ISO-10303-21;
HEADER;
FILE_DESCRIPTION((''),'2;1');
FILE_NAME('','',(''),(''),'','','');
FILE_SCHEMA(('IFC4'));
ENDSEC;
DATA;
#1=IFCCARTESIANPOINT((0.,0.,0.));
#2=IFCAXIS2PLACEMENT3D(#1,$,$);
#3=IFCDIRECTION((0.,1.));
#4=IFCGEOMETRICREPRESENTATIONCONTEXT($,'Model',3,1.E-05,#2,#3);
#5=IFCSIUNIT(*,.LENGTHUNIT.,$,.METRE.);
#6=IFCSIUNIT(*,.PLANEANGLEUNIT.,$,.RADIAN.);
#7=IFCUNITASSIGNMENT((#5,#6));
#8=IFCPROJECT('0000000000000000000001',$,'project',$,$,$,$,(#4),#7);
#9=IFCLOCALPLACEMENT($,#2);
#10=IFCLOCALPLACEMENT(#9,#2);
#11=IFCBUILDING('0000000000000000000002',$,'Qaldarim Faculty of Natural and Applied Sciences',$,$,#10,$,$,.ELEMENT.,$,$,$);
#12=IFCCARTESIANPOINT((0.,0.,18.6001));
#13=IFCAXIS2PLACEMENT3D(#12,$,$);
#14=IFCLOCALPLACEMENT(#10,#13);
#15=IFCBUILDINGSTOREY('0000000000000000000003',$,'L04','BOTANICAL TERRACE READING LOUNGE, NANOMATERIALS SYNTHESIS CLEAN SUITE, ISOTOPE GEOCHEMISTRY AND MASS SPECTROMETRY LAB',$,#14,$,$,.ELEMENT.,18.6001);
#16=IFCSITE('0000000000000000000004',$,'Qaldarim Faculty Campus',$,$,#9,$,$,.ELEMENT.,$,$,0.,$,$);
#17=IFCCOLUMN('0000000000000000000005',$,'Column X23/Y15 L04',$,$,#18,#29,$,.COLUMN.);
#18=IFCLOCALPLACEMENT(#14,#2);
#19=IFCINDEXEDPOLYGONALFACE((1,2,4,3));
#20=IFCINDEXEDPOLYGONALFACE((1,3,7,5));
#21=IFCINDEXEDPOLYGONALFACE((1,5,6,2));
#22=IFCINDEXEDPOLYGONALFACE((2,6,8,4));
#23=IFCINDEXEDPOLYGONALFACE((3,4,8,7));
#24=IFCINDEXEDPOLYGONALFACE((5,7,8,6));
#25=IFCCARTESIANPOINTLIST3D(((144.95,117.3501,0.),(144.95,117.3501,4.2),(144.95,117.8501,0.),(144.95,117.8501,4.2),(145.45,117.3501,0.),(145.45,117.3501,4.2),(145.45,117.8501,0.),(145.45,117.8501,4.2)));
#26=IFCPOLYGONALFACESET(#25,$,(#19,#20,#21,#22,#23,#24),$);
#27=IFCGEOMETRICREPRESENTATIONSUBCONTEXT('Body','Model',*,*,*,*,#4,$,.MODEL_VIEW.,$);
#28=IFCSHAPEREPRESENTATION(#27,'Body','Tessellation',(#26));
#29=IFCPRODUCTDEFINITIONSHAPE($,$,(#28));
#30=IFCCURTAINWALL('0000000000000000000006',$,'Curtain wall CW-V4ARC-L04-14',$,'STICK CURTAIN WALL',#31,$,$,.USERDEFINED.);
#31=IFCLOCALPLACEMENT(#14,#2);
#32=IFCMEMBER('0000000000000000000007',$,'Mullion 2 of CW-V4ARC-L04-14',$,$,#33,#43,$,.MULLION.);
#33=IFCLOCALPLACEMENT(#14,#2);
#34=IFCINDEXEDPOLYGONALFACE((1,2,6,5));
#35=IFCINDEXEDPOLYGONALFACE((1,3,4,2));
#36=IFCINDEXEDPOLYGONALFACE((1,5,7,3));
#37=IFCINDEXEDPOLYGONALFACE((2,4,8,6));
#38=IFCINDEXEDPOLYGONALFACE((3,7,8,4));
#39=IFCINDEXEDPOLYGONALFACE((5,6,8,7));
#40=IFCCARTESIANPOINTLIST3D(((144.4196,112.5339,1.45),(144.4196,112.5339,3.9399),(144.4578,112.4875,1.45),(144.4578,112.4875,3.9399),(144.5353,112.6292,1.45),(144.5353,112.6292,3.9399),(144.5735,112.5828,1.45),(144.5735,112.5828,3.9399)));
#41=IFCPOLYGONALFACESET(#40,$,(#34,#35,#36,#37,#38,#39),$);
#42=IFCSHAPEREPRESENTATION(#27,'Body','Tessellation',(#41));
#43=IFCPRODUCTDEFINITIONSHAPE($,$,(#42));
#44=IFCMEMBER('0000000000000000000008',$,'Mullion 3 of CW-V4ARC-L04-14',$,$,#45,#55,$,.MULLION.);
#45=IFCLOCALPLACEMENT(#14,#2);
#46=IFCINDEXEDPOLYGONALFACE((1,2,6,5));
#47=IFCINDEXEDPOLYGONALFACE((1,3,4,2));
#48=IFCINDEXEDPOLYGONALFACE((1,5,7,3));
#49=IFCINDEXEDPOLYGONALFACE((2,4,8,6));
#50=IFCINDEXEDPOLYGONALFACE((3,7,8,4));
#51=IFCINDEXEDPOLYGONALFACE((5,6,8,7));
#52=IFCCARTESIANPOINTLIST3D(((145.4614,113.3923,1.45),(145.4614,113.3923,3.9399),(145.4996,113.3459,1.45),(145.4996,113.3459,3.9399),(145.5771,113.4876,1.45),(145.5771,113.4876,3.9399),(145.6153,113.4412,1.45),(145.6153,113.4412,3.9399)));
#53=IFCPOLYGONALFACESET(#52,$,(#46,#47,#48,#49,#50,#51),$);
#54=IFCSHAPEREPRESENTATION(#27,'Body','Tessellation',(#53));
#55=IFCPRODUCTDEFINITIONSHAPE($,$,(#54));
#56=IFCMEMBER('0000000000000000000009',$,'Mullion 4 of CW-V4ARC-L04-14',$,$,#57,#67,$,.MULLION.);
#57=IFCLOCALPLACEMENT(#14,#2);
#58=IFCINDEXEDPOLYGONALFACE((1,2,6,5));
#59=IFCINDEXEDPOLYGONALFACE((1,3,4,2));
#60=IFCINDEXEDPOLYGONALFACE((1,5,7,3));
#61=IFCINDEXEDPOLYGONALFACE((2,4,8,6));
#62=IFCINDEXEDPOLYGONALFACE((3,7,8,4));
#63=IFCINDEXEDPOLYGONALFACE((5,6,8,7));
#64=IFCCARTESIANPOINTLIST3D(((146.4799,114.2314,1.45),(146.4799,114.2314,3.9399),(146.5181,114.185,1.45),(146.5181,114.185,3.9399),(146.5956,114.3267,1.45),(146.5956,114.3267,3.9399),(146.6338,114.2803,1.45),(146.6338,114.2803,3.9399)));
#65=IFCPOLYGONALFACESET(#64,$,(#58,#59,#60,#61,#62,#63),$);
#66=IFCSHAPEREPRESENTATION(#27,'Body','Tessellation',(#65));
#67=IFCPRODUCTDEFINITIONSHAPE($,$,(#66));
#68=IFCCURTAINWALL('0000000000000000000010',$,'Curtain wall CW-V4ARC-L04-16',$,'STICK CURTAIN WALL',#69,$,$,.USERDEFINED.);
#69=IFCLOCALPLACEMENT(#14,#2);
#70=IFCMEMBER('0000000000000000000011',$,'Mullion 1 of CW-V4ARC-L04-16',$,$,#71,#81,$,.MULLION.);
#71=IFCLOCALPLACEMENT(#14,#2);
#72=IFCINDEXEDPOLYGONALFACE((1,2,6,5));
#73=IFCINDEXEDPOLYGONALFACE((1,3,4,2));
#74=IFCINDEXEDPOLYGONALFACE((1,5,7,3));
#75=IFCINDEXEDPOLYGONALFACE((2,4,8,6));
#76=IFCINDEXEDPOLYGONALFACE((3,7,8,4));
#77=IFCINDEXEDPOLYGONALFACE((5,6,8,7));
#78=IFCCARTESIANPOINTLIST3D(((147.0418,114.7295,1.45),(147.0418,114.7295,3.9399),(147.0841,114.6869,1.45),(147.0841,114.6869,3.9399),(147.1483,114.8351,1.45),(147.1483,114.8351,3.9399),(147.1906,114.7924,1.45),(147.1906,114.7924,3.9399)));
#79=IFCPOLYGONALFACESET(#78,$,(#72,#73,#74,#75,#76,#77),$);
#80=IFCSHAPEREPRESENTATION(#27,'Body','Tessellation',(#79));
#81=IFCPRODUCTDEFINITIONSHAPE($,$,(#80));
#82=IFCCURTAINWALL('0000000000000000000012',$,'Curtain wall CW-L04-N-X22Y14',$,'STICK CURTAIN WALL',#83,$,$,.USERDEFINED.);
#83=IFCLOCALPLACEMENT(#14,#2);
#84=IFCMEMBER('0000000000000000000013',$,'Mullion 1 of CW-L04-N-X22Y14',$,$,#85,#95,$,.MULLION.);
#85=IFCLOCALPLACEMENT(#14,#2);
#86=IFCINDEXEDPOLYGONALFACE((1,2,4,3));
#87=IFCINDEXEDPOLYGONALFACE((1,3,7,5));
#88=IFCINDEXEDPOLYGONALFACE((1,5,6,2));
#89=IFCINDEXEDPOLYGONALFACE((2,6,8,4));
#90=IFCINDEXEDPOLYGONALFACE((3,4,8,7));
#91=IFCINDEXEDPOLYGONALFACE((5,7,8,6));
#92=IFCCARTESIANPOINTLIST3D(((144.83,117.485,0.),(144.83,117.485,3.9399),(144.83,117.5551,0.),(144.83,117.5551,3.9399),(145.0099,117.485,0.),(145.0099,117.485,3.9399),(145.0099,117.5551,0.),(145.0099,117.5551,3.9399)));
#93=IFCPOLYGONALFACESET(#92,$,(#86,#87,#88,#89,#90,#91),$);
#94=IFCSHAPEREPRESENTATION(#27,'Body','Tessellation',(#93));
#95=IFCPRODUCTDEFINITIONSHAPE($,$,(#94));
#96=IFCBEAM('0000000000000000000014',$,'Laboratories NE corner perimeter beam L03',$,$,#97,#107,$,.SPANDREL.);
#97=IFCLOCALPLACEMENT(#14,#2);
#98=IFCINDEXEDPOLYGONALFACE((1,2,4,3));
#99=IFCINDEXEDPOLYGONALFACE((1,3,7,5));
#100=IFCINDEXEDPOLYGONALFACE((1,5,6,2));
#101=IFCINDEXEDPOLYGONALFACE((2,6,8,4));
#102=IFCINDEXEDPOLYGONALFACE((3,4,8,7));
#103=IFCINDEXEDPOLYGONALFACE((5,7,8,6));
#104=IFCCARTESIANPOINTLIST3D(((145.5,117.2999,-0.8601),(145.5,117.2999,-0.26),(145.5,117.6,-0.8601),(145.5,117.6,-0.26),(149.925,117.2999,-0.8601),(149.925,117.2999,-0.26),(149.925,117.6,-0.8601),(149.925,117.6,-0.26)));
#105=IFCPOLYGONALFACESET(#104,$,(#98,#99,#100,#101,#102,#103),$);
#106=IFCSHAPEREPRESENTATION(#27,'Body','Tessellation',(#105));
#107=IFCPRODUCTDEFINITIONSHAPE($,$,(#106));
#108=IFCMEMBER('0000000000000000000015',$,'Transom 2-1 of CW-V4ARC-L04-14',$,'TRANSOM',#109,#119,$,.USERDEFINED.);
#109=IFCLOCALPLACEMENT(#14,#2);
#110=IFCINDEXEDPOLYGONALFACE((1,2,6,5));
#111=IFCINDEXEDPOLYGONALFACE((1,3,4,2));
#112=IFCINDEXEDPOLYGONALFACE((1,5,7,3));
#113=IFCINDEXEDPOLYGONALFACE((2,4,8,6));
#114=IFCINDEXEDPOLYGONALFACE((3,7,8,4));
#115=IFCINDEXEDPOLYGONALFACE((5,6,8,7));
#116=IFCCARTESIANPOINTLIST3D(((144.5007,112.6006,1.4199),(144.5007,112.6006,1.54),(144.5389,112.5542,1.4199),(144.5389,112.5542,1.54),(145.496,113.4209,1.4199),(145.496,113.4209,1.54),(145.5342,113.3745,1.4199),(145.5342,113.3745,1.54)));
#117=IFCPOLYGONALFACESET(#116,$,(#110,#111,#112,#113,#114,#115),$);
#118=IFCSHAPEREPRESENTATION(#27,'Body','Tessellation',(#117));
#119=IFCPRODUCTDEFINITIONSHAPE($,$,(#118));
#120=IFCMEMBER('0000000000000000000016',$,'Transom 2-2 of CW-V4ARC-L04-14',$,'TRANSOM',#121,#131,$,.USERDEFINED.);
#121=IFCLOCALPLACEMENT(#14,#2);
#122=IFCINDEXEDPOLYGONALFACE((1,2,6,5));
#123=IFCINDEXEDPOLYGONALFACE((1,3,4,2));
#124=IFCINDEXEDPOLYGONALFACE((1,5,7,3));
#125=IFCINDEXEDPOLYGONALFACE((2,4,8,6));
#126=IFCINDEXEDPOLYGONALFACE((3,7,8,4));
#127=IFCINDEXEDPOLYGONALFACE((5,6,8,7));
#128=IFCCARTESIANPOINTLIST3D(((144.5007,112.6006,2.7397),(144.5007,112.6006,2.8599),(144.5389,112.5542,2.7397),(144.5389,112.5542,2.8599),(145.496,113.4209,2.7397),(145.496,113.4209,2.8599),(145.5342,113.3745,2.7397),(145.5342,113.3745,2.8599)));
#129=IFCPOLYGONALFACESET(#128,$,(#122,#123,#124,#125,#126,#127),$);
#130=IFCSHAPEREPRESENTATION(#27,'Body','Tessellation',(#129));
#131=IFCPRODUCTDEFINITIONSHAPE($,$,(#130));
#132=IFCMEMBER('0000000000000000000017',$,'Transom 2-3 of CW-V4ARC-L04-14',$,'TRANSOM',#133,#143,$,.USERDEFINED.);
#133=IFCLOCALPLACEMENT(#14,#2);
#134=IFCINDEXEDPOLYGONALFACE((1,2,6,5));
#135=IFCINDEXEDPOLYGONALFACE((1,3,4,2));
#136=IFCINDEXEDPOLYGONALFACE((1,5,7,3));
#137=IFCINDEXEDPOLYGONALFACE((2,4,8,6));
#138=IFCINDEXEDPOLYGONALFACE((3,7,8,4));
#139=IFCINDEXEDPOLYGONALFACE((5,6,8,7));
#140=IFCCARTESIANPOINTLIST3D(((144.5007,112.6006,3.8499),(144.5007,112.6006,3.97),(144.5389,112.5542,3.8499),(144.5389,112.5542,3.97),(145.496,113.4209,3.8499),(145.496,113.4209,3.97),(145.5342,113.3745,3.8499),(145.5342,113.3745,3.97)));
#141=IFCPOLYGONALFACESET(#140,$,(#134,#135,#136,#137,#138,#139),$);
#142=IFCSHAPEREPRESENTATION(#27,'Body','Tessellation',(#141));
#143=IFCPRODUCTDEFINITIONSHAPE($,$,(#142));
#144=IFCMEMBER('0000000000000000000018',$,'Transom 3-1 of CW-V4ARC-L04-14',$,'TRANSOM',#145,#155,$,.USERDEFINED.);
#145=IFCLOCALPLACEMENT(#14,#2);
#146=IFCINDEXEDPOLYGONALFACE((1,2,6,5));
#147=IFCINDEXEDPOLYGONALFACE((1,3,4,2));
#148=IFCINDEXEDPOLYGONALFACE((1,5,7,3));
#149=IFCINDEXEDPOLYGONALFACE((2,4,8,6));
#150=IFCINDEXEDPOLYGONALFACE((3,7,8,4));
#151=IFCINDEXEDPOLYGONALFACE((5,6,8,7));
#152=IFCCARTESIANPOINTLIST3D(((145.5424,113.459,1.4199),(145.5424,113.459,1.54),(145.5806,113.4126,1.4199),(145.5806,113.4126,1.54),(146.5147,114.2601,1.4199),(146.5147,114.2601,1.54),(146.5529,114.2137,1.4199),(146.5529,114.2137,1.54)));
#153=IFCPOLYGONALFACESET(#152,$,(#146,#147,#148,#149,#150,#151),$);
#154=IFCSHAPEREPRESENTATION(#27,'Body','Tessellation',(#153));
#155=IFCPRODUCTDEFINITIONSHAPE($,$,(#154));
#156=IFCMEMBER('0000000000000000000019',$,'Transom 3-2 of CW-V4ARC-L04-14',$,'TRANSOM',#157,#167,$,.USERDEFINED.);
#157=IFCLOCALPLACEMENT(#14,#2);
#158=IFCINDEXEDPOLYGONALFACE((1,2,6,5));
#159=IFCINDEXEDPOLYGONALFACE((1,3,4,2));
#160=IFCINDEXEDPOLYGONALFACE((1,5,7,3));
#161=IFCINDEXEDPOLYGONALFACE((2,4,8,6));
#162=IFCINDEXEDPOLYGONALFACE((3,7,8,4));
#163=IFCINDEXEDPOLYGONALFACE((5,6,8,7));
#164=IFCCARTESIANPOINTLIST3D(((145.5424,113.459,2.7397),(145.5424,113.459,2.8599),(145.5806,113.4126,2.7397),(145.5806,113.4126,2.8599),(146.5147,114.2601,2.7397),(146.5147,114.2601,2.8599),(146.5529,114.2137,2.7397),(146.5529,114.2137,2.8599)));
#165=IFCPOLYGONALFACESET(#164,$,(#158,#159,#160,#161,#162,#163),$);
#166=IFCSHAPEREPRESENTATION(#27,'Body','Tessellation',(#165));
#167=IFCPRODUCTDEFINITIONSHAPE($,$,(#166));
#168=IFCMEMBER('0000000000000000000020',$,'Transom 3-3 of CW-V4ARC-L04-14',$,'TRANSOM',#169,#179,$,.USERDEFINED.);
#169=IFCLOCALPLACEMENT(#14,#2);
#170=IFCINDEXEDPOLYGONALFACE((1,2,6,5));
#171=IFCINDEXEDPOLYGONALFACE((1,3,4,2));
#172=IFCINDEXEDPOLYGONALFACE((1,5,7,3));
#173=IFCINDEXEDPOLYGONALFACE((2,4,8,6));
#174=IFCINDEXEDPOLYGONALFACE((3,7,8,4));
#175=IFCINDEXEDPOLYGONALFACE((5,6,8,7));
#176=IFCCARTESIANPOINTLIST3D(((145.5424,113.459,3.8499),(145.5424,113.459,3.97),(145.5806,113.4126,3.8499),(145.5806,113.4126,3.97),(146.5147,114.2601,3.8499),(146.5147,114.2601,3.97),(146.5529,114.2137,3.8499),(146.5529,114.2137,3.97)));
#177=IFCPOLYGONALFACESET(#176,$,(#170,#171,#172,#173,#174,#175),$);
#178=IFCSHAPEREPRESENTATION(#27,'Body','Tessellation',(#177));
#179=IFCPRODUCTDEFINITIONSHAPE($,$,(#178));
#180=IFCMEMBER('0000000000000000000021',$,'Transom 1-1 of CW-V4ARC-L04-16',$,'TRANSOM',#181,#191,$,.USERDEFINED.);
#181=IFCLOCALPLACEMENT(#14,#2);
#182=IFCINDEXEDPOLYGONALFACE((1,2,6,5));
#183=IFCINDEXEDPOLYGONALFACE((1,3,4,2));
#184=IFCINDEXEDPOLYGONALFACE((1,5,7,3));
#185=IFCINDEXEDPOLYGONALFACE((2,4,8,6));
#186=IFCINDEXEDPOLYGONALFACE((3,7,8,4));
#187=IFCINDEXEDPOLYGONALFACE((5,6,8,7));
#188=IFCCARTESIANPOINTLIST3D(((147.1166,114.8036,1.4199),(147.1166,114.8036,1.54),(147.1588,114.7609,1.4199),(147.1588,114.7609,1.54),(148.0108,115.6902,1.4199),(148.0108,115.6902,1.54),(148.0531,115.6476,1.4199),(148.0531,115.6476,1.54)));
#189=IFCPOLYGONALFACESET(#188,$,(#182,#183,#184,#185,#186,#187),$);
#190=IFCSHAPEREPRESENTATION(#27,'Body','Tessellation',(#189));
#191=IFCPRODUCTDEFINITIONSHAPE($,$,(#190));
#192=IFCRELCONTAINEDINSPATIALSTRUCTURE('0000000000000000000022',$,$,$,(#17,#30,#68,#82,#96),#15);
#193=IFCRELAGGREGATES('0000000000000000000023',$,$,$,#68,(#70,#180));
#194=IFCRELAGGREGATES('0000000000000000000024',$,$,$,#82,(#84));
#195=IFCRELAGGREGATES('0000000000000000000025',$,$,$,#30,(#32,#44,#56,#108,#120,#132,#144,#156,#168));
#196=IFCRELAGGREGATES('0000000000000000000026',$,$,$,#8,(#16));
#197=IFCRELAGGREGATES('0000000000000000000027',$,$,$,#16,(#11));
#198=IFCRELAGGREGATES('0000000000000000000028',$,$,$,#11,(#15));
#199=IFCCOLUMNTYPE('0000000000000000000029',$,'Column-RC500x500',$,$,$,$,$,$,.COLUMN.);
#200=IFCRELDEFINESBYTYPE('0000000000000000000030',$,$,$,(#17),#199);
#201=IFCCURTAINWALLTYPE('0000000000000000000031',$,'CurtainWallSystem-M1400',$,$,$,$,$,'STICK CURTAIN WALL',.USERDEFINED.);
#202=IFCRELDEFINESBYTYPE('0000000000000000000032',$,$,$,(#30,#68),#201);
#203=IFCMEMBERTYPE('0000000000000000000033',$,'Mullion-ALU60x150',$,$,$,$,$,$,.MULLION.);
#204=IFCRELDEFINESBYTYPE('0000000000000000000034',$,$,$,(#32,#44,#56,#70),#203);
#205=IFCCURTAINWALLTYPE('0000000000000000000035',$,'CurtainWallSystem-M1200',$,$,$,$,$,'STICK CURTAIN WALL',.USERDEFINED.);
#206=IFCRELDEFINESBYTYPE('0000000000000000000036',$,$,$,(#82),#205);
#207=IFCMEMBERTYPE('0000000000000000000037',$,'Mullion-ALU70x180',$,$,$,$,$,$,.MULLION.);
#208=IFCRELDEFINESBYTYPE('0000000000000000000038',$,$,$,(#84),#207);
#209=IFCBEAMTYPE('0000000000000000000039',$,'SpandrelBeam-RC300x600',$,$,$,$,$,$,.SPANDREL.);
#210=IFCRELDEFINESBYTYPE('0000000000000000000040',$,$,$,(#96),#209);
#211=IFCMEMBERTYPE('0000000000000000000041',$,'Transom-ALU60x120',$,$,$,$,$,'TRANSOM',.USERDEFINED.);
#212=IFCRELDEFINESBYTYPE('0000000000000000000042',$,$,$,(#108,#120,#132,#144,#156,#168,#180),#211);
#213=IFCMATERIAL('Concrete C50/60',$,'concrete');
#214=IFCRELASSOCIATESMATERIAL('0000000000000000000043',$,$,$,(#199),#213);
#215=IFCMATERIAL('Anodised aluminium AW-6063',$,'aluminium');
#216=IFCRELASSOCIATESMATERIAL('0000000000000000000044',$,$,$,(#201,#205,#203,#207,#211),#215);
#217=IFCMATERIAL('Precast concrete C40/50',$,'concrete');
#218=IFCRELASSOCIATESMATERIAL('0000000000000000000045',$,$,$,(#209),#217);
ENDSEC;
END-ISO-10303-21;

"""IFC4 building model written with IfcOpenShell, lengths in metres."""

from ifc_helpers import new_model, si_unit, direction, frame, origin, origin_2d, place, context, subcontext, project, spatial, rectangle, extrude, material, material_profile, profile_set, type_object, element, aggregate, save


model = new_model("IFC4")

# Units and contexts
model_context = context("Model", 3, precision=1e-05, world=origin(), true_north=direction((0.0, 1.0)))
body_context = subcontext(model_context, "Body", "Model", "MODEL_VIEW")
ifc_project = project(units=[si_unit("LENGTHUNIT", "METRE"), si_unit("PLANEANGLEUNIT", "RADIAN")], contexts=[model_context])

# Site, building, storey
site_placement = place(None, origin())
site = spatial("IfcSite", under=ifc_project, at=site_placement, Name="Qaldarim Faculty Campus", CompositionType="ELEMENT", RefElevation=0.0)
building_placement = place(site_placement, origin())
building = spatial("IfcBuilding", under=site, at=building_placement, Name="Qaldarim Faculty of Natural and Applied Sciences", CompositionType="ELEMENT")
storey_placement = place(building_placement, frame((0.0, 0.0, 18.6001)))
storey = spatial("IfcBuildingStorey", under=building, at=storey_placement, Name="L04", Description="BOTANICAL TERRACE READING LOUNGE, NANOMATERIALS SYNTHESIS CLEAN SUITE, ISOTOPE GEOCHEMISTRY AND MASS SPECTROMETRY LAB", CompositionType="ELEMENT", Elevation=18.6001)

# Column
ifc_material_1 = material(Name="Concrete C50/60", Category="concrete")
ifc_material_profile_1 = material_profile(ifc_material_1, rectangle(XDim=0.5, YDim=0.5, at=origin_2d()), Name="RC-C500x500")
ifc_profile_set_1 = profile_set([ifc_material_profile_1], Name="Concrete C50/60")
column_type = type_object("IfcColumnType", Name="Column-RC500x500", PredefinedType="COLUMN", material=ifc_profile_set_1)
column_placement = place(storey_placement, frame((145.2, 117.6001, 0.0), z_axis=(0.0, 0.0, 1.0), x_axis=(1.0, 0.0, 0.0)))
element("IfcColumn", 1, at=column_placement, inside=storey, type_object=column_type, Name="Column X23/Y15 L04", PredefinedType="COLUMN", context=body_context, shape_type="SweptSolid", body=[
    extrude(rectangle(XDim=0.5, YDim=0.5, at=origin_2d()), origin(), (0.0, 0.0, 1.0), 4.2),
])

# Curtain wall, members
ifc_material_2 = material(Name="Anodised aluminium AW-6063", Category="aluminium")
curtain_wall_type_1 = type_object("IfcCurtainWallType", Name="CurtainWallSystem-M1400", ElementType="STICK CURTAIN WALL", PredefinedType="USERDEFINED", material=ifc_material_2)
curtain_wall_1_placement = place(storey_placement, origin())
curtain_wall_1 = element("IfcCurtainWall", 2, at=curtain_wall_1_placement, inside=storey, type_object=curtain_wall_type_1, Name="Curtain wall CW-V4ARC-L04-14", ObjectType="STICK CURTAIN WALL", PredefinedType="USERDEFINED")
ifc_material_profile_2 = material_profile(ifc_material_2, rectangle(XDim=0.0601, YDim=0.1499, at=origin_2d()), Name="ALU-M60x150")
ifc_profile_set_2 = profile_set([ifc_material_profile_2], Name="Anodised aluminium AW-6063")
member_type_1 = type_object("IfcMemberType", Name="Mullion-ALU60x150", PredefinedType="MULLION", material=ifc_profile_set_2)
member_1_placement = place(storey_placement, frame((144.4966, 112.5583, 1.45), z_axis=(0.0, 0.0, 1.0), x_axis=(-0.63593, 0.771747, 0.0)))
member_1 = element("IfcMember", 3, at=member_1_placement, type_object=member_type_1, Name="Mullion 2 of CW-V4ARC-L04-14", PredefinedType="MULLION", context=body_context, shape_type="SweptSolid", body=[
    extrude(rectangle(XDim=0.0601, YDim=0.1499, at=origin_2d()), origin(), (0.0, 0.0, 1.0), 2.49),
])
member_2_placement = place(storey_placement, frame((145.5383, 113.4167, 1.45), z_axis=(0.0, 0.0, 1.0), x_axis=(-0.63593, 0.771747, 0.0)))
member_2 = element("IfcMember", 4, at=member_2_placement, type_object=member_type_1, Name="Mullion 3 of CW-V4ARC-L04-14", PredefinedType="MULLION", context=body_context, shape_type="SweptSolid", body=[
    extrude(rectangle(XDim=0.0601, YDim=0.1499, at=origin_2d()), origin(), (0.0, 0.0, 1.0), 2.49),
])
member_3_placement = place(storey_placement, frame((146.5569, 114.2559, 1.45), z_axis=(0.0, 0.0, 1.0), x_axis=(-0.63593, 0.771747, 0.0)))
member_3 = element("IfcMember", 5, at=member_3_placement, type_object=member_type_1, Name="Mullion 4 of CW-V4ARC-L04-14", PredefinedType="MULLION", context=body_context, shape_type="SweptSolid", body=[
    extrude(rectangle(XDim=0.0601, YDim=0.1499, at=origin_2d()), origin(), (0.0, 0.0, 1.0), 2.49),
])

# Curtain walls, members
curtain_wall_2_placement = place(storey_placement, origin())
curtain_wall_2 = element("IfcCurtainWall", 6, at=curtain_wall_2_placement, inside=storey, type_object=curtain_wall_type_1, Name="Curtain wall CW-V4ARC-L04-16", ObjectType="STICK CURTAIN WALL", PredefinedType="USERDEFINED")
member_4_placement = place(storey_placement, frame((147.1162, 114.761, 1.45), z_axis=(0.0, 0.0, 1.0), x_axis=(-0.704015, 0.710185, 0.0)))
member_4 = element("IfcMember", 7, at=member_4_placement, type_object=member_type_1, Name="Mullion 1 of CW-V4ARC-L04-16", PredefinedType="MULLION", context=body_context, shape_type="SweptSolid", body=[
    extrude(rectangle(XDim=0.0601, YDim=0.1499, at=origin_2d()), origin(), (0.0, 0.0, 1.0), 2.49),
])
curtain_wall_type_2 = type_object("IfcCurtainWallType", Name="CurtainWallSystem-M1200", ElementType="STICK CURTAIN WALL", PredefinedType="USERDEFINED", material=ifc_material_2)
curtain_wall_3_placement = place(storey_placement, origin())
curtain_wall_3 = element("IfcCurtainWall", 8, at=curtain_wall_3_placement, inside=storey, type_object=curtain_wall_type_2, Name="Curtain wall CW-L04-N-X22Y14", ObjectType="STICK CURTAIN WALL", PredefinedType="USERDEFINED")
ifc_material_profile_3 = material_profile(ifc_material_2, rectangle(XDim=0.0701, YDim=0.1799, at=origin_2d()), Name="ALU-M70x180")
ifc_profile_set_3 = profile_set([ifc_material_profile_3], Name="Anodised aluminium AW-6063")
member_type_2 = type_object("IfcMemberType", Name="Mullion-ALU70x180", PredefinedType="MULLION", material=ifc_profile_set_3)
member_5_placement = place(storey_placement, frame((144.9199, 117.52, 0.0), z_axis=(0.0, 0.0, 1.0), x_axis=(0.0, -1.0, 0.0)))
member_5 = element("IfcMember", 9, at=member_5_placement, type_object=member_type_2, Name="Mullion 1 of CW-L04-N-X22Y14", PredefinedType="MULLION", context=body_context, shape_type="SweptSolid", body=[
    extrude(rectangle(XDim=0.0701, YDim=0.1799, at=origin_2d()), origin(), (0.0, 0.0, 1.0), 3.9399),
])

# Beam
ifc_material_3 = material(Name="Precast concrete C40/50", Category="concrete")
ifc_material_profile_4 = material_profile(ifc_material_3, rectangle(XDim=0.3, YDim=0.6001, at=origin_2d()), Name="RC-SP300x600")
ifc_profile_set_4 = profile_set([ifc_material_profile_4], Name="Precast concrete C40/50")
beam_type = type_object("IfcBeamType", Name="SpandrelBeam-RC300x600", PredefinedType="SPANDREL", material=ifc_profile_set_4)
beam_placement = place(storey_placement, frame((145.5, 117.45, -0.5601), z_axis=(1.0, 0.0, 0.0), x_axis=(0.0, 1.0, 0.0)))
element("IfcBeam", 10, at=beam_placement, inside=storey, type_object=beam_type, Name="Laboratories NE corner perimeter beam L03", PredefinedType="SPANDREL", context=body_context, shape_type="SweptSolid", body=[
    extrude(rectangle(XDim=0.3, YDim=0.6001, at=origin_2d()), origin(), (0.0, 0.0, 1.0), 4.425),
])

# Members
ifc_material_profile_5 = material_profile(ifc_material_2, rectangle(XDim=0.0601, YDim=0.1201, at=origin_2d()), Name="ALU-T60x120")
ifc_profile_set_5 = profile_set([ifc_material_profile_5], Name="Anodised aluminium AW-6063")
member_type_3 = type_object("IfcMemberType", Name="Transom-ALU60x120", ElementType="TRANSOM", PredefinedType="USERDEFINED", material=ifc_profile_set_5)
member_6_placement = place(storey_placement, frame((144.5198, 112.5774, 1.48), z_axis=(0.771701, 0.635986, 0.0), x_axis=(-0.635986, 0.771701, 0.0)))
member_6 = element("IfcMember", 11, at=member_6_placement, type_object=member_type_3, Name="Transom 2-1 of CW-V4ARC-L04-14", ObjectType="TRANSOM", PredefinedType="USERDEFINED", context=body_context, shape_type="SweptSolid", body=[
    extrude(rectangle(XDim=0.0601, YDim=0.1201, at=origin_2d()), origin(), (0.0, 0.0, 1.0), 1.2898),
])
member_7_placement = place(storey_placement, frame((144.5198, 112.5774, 2.7998), z_axis=(0.771701, 0.635986, 0.0), x_axis=(-0.635986, 0.771701, 0.0)))
member_7 = element("IfcMember", 12, at=member_7_placement, type_object=member_type_3, Name="Transom 2-2 of CW-V4ARC-L04-14", ObjectType="TRANSOM", PredefinedType="USERDEFINED", context=body_context, shape_type="SweptSolid", body=[
    extrude(rectangle(XDim=0.0601, YDim=0.1201, at=origin_2d()), origin(), (0.0, 0.0, 1.0), 1.2898),
])
member_8_placement = place(storey_placement, frame((144.5198, 112.5774, 3.9099), z_axis=(0.771701, 0.635986, 0.0), x_axis=(-0.635986, 0.771701, 0.0)))
member_8 = element("IfcMember", 13, at=member_8_placement, type_object=member_type_3, Name="Transom 2-3 of CW-V4ARC-L04-14", ObjectType="TRANSOM", PredefinedType="USERDEFINED", context=body_context, shape_type="SweptSolid", body=[
    extrude(rectangle(XDim=0.0601, YDim=0.1201, at=origin_2d()), origin(), (0.0, 0.0, 1.0), 1.2898),
])
member_9_placement = place(storey_placement, frame((145.5615, 113.4358, 1.48), z_axis=(0.771768, 0.635904, 0.0), x_axis=(-0.635904, 0.771768, 0.0)))
member_9 = element("IfcMember", 14, at=member_9_placement, type_object=member_type_3, Name="Transom 3-1 of CW-V4ARC-L04-14", ObjectType="TRANSOM", PredefinedType="USERDEFINED", context=body_context, shape_type="SweptSolid", body=[
    extrude(rectangle(XDim=0.0601, YDim=0.1201, at=origin_2d()), origin(), (0.0, 0.0, 1.0), 1.2598),
])
member_10_placement = place(storey_placement, frame((145.5615, 113.4358, 2.7998), z_axis=(0.771768, 0.635904, 0.0), x_axis=(-0.635904, 0.771768, 0.0)))
member_10 = element("IfcMember", 15, at=member_10_placement, type_object=member_type_3, Name="Transom 3-2 of CW-V4ARC-L04-14", ObjectType="TRANSOM", PredefinedType="USERDEFINED", context=body_context, shape_type="SweptSolid", body=[
    extrude(rectangle(XDim=0.0601, YDim=0.1201, at=origin_2d()), origin(), (0.0, 0.0, 1.0), 1.2598),
])
member_11_placement = place(storey_placement, frame((145.5615, 113.4358, 3.9099), z_axis=(0.771768, 0.635904, 0.0), x_axis=(-0.635904, 0.771768, 0.0)))
member_11 = element("IfcMember", 16, at=member_11_placement, type_object=member_type_3, Name="Transom 3-3 of CW-V4ARC-L04-14", ObjectType="TRANSOM", PredefinedType="USERDEFINED", context=body_context, shape_type="SweptSolid", body=[
    extrude(rectangle(XDim=0.0601, YDim=0.1201, at=origin_2d()), origin(), (0.0, 0.0, 1.0), 1.2598),
])
member_12_placement = place(storey_placement, frame((147.1377, 114.7822, 1.48), z_axis=(0.710105, 0.704096, 0.0), x_axis=(-0.704096, 0.710105, 0.0)))
member_12 = element("IfcMember", 17, at=member_12_placement, type_object=member_type_3, Name="Transom 1-1 of CW-V4ARC-L04-16", ObjectType="TRANSOM", PredefinedType="USERDEFINED", context=body_context, shape_type="SweptSolid", body=[
    extrude(rectangle(XDim=0.0601, YDim=0.1201, at=origin_2d()), origin(), (0.0, 0.0, 1.0), 1.2593),
])
aggregate(curtain_wall_2, [member_4, member_12])

aggregate(curtain_wall_3, [member_5])
aggregate(curtain_wall_1, [member_1, member_2, member_3, member_6, member_7, member_8, member_9, member_10, member_11])

save(model, "model.ifc")
